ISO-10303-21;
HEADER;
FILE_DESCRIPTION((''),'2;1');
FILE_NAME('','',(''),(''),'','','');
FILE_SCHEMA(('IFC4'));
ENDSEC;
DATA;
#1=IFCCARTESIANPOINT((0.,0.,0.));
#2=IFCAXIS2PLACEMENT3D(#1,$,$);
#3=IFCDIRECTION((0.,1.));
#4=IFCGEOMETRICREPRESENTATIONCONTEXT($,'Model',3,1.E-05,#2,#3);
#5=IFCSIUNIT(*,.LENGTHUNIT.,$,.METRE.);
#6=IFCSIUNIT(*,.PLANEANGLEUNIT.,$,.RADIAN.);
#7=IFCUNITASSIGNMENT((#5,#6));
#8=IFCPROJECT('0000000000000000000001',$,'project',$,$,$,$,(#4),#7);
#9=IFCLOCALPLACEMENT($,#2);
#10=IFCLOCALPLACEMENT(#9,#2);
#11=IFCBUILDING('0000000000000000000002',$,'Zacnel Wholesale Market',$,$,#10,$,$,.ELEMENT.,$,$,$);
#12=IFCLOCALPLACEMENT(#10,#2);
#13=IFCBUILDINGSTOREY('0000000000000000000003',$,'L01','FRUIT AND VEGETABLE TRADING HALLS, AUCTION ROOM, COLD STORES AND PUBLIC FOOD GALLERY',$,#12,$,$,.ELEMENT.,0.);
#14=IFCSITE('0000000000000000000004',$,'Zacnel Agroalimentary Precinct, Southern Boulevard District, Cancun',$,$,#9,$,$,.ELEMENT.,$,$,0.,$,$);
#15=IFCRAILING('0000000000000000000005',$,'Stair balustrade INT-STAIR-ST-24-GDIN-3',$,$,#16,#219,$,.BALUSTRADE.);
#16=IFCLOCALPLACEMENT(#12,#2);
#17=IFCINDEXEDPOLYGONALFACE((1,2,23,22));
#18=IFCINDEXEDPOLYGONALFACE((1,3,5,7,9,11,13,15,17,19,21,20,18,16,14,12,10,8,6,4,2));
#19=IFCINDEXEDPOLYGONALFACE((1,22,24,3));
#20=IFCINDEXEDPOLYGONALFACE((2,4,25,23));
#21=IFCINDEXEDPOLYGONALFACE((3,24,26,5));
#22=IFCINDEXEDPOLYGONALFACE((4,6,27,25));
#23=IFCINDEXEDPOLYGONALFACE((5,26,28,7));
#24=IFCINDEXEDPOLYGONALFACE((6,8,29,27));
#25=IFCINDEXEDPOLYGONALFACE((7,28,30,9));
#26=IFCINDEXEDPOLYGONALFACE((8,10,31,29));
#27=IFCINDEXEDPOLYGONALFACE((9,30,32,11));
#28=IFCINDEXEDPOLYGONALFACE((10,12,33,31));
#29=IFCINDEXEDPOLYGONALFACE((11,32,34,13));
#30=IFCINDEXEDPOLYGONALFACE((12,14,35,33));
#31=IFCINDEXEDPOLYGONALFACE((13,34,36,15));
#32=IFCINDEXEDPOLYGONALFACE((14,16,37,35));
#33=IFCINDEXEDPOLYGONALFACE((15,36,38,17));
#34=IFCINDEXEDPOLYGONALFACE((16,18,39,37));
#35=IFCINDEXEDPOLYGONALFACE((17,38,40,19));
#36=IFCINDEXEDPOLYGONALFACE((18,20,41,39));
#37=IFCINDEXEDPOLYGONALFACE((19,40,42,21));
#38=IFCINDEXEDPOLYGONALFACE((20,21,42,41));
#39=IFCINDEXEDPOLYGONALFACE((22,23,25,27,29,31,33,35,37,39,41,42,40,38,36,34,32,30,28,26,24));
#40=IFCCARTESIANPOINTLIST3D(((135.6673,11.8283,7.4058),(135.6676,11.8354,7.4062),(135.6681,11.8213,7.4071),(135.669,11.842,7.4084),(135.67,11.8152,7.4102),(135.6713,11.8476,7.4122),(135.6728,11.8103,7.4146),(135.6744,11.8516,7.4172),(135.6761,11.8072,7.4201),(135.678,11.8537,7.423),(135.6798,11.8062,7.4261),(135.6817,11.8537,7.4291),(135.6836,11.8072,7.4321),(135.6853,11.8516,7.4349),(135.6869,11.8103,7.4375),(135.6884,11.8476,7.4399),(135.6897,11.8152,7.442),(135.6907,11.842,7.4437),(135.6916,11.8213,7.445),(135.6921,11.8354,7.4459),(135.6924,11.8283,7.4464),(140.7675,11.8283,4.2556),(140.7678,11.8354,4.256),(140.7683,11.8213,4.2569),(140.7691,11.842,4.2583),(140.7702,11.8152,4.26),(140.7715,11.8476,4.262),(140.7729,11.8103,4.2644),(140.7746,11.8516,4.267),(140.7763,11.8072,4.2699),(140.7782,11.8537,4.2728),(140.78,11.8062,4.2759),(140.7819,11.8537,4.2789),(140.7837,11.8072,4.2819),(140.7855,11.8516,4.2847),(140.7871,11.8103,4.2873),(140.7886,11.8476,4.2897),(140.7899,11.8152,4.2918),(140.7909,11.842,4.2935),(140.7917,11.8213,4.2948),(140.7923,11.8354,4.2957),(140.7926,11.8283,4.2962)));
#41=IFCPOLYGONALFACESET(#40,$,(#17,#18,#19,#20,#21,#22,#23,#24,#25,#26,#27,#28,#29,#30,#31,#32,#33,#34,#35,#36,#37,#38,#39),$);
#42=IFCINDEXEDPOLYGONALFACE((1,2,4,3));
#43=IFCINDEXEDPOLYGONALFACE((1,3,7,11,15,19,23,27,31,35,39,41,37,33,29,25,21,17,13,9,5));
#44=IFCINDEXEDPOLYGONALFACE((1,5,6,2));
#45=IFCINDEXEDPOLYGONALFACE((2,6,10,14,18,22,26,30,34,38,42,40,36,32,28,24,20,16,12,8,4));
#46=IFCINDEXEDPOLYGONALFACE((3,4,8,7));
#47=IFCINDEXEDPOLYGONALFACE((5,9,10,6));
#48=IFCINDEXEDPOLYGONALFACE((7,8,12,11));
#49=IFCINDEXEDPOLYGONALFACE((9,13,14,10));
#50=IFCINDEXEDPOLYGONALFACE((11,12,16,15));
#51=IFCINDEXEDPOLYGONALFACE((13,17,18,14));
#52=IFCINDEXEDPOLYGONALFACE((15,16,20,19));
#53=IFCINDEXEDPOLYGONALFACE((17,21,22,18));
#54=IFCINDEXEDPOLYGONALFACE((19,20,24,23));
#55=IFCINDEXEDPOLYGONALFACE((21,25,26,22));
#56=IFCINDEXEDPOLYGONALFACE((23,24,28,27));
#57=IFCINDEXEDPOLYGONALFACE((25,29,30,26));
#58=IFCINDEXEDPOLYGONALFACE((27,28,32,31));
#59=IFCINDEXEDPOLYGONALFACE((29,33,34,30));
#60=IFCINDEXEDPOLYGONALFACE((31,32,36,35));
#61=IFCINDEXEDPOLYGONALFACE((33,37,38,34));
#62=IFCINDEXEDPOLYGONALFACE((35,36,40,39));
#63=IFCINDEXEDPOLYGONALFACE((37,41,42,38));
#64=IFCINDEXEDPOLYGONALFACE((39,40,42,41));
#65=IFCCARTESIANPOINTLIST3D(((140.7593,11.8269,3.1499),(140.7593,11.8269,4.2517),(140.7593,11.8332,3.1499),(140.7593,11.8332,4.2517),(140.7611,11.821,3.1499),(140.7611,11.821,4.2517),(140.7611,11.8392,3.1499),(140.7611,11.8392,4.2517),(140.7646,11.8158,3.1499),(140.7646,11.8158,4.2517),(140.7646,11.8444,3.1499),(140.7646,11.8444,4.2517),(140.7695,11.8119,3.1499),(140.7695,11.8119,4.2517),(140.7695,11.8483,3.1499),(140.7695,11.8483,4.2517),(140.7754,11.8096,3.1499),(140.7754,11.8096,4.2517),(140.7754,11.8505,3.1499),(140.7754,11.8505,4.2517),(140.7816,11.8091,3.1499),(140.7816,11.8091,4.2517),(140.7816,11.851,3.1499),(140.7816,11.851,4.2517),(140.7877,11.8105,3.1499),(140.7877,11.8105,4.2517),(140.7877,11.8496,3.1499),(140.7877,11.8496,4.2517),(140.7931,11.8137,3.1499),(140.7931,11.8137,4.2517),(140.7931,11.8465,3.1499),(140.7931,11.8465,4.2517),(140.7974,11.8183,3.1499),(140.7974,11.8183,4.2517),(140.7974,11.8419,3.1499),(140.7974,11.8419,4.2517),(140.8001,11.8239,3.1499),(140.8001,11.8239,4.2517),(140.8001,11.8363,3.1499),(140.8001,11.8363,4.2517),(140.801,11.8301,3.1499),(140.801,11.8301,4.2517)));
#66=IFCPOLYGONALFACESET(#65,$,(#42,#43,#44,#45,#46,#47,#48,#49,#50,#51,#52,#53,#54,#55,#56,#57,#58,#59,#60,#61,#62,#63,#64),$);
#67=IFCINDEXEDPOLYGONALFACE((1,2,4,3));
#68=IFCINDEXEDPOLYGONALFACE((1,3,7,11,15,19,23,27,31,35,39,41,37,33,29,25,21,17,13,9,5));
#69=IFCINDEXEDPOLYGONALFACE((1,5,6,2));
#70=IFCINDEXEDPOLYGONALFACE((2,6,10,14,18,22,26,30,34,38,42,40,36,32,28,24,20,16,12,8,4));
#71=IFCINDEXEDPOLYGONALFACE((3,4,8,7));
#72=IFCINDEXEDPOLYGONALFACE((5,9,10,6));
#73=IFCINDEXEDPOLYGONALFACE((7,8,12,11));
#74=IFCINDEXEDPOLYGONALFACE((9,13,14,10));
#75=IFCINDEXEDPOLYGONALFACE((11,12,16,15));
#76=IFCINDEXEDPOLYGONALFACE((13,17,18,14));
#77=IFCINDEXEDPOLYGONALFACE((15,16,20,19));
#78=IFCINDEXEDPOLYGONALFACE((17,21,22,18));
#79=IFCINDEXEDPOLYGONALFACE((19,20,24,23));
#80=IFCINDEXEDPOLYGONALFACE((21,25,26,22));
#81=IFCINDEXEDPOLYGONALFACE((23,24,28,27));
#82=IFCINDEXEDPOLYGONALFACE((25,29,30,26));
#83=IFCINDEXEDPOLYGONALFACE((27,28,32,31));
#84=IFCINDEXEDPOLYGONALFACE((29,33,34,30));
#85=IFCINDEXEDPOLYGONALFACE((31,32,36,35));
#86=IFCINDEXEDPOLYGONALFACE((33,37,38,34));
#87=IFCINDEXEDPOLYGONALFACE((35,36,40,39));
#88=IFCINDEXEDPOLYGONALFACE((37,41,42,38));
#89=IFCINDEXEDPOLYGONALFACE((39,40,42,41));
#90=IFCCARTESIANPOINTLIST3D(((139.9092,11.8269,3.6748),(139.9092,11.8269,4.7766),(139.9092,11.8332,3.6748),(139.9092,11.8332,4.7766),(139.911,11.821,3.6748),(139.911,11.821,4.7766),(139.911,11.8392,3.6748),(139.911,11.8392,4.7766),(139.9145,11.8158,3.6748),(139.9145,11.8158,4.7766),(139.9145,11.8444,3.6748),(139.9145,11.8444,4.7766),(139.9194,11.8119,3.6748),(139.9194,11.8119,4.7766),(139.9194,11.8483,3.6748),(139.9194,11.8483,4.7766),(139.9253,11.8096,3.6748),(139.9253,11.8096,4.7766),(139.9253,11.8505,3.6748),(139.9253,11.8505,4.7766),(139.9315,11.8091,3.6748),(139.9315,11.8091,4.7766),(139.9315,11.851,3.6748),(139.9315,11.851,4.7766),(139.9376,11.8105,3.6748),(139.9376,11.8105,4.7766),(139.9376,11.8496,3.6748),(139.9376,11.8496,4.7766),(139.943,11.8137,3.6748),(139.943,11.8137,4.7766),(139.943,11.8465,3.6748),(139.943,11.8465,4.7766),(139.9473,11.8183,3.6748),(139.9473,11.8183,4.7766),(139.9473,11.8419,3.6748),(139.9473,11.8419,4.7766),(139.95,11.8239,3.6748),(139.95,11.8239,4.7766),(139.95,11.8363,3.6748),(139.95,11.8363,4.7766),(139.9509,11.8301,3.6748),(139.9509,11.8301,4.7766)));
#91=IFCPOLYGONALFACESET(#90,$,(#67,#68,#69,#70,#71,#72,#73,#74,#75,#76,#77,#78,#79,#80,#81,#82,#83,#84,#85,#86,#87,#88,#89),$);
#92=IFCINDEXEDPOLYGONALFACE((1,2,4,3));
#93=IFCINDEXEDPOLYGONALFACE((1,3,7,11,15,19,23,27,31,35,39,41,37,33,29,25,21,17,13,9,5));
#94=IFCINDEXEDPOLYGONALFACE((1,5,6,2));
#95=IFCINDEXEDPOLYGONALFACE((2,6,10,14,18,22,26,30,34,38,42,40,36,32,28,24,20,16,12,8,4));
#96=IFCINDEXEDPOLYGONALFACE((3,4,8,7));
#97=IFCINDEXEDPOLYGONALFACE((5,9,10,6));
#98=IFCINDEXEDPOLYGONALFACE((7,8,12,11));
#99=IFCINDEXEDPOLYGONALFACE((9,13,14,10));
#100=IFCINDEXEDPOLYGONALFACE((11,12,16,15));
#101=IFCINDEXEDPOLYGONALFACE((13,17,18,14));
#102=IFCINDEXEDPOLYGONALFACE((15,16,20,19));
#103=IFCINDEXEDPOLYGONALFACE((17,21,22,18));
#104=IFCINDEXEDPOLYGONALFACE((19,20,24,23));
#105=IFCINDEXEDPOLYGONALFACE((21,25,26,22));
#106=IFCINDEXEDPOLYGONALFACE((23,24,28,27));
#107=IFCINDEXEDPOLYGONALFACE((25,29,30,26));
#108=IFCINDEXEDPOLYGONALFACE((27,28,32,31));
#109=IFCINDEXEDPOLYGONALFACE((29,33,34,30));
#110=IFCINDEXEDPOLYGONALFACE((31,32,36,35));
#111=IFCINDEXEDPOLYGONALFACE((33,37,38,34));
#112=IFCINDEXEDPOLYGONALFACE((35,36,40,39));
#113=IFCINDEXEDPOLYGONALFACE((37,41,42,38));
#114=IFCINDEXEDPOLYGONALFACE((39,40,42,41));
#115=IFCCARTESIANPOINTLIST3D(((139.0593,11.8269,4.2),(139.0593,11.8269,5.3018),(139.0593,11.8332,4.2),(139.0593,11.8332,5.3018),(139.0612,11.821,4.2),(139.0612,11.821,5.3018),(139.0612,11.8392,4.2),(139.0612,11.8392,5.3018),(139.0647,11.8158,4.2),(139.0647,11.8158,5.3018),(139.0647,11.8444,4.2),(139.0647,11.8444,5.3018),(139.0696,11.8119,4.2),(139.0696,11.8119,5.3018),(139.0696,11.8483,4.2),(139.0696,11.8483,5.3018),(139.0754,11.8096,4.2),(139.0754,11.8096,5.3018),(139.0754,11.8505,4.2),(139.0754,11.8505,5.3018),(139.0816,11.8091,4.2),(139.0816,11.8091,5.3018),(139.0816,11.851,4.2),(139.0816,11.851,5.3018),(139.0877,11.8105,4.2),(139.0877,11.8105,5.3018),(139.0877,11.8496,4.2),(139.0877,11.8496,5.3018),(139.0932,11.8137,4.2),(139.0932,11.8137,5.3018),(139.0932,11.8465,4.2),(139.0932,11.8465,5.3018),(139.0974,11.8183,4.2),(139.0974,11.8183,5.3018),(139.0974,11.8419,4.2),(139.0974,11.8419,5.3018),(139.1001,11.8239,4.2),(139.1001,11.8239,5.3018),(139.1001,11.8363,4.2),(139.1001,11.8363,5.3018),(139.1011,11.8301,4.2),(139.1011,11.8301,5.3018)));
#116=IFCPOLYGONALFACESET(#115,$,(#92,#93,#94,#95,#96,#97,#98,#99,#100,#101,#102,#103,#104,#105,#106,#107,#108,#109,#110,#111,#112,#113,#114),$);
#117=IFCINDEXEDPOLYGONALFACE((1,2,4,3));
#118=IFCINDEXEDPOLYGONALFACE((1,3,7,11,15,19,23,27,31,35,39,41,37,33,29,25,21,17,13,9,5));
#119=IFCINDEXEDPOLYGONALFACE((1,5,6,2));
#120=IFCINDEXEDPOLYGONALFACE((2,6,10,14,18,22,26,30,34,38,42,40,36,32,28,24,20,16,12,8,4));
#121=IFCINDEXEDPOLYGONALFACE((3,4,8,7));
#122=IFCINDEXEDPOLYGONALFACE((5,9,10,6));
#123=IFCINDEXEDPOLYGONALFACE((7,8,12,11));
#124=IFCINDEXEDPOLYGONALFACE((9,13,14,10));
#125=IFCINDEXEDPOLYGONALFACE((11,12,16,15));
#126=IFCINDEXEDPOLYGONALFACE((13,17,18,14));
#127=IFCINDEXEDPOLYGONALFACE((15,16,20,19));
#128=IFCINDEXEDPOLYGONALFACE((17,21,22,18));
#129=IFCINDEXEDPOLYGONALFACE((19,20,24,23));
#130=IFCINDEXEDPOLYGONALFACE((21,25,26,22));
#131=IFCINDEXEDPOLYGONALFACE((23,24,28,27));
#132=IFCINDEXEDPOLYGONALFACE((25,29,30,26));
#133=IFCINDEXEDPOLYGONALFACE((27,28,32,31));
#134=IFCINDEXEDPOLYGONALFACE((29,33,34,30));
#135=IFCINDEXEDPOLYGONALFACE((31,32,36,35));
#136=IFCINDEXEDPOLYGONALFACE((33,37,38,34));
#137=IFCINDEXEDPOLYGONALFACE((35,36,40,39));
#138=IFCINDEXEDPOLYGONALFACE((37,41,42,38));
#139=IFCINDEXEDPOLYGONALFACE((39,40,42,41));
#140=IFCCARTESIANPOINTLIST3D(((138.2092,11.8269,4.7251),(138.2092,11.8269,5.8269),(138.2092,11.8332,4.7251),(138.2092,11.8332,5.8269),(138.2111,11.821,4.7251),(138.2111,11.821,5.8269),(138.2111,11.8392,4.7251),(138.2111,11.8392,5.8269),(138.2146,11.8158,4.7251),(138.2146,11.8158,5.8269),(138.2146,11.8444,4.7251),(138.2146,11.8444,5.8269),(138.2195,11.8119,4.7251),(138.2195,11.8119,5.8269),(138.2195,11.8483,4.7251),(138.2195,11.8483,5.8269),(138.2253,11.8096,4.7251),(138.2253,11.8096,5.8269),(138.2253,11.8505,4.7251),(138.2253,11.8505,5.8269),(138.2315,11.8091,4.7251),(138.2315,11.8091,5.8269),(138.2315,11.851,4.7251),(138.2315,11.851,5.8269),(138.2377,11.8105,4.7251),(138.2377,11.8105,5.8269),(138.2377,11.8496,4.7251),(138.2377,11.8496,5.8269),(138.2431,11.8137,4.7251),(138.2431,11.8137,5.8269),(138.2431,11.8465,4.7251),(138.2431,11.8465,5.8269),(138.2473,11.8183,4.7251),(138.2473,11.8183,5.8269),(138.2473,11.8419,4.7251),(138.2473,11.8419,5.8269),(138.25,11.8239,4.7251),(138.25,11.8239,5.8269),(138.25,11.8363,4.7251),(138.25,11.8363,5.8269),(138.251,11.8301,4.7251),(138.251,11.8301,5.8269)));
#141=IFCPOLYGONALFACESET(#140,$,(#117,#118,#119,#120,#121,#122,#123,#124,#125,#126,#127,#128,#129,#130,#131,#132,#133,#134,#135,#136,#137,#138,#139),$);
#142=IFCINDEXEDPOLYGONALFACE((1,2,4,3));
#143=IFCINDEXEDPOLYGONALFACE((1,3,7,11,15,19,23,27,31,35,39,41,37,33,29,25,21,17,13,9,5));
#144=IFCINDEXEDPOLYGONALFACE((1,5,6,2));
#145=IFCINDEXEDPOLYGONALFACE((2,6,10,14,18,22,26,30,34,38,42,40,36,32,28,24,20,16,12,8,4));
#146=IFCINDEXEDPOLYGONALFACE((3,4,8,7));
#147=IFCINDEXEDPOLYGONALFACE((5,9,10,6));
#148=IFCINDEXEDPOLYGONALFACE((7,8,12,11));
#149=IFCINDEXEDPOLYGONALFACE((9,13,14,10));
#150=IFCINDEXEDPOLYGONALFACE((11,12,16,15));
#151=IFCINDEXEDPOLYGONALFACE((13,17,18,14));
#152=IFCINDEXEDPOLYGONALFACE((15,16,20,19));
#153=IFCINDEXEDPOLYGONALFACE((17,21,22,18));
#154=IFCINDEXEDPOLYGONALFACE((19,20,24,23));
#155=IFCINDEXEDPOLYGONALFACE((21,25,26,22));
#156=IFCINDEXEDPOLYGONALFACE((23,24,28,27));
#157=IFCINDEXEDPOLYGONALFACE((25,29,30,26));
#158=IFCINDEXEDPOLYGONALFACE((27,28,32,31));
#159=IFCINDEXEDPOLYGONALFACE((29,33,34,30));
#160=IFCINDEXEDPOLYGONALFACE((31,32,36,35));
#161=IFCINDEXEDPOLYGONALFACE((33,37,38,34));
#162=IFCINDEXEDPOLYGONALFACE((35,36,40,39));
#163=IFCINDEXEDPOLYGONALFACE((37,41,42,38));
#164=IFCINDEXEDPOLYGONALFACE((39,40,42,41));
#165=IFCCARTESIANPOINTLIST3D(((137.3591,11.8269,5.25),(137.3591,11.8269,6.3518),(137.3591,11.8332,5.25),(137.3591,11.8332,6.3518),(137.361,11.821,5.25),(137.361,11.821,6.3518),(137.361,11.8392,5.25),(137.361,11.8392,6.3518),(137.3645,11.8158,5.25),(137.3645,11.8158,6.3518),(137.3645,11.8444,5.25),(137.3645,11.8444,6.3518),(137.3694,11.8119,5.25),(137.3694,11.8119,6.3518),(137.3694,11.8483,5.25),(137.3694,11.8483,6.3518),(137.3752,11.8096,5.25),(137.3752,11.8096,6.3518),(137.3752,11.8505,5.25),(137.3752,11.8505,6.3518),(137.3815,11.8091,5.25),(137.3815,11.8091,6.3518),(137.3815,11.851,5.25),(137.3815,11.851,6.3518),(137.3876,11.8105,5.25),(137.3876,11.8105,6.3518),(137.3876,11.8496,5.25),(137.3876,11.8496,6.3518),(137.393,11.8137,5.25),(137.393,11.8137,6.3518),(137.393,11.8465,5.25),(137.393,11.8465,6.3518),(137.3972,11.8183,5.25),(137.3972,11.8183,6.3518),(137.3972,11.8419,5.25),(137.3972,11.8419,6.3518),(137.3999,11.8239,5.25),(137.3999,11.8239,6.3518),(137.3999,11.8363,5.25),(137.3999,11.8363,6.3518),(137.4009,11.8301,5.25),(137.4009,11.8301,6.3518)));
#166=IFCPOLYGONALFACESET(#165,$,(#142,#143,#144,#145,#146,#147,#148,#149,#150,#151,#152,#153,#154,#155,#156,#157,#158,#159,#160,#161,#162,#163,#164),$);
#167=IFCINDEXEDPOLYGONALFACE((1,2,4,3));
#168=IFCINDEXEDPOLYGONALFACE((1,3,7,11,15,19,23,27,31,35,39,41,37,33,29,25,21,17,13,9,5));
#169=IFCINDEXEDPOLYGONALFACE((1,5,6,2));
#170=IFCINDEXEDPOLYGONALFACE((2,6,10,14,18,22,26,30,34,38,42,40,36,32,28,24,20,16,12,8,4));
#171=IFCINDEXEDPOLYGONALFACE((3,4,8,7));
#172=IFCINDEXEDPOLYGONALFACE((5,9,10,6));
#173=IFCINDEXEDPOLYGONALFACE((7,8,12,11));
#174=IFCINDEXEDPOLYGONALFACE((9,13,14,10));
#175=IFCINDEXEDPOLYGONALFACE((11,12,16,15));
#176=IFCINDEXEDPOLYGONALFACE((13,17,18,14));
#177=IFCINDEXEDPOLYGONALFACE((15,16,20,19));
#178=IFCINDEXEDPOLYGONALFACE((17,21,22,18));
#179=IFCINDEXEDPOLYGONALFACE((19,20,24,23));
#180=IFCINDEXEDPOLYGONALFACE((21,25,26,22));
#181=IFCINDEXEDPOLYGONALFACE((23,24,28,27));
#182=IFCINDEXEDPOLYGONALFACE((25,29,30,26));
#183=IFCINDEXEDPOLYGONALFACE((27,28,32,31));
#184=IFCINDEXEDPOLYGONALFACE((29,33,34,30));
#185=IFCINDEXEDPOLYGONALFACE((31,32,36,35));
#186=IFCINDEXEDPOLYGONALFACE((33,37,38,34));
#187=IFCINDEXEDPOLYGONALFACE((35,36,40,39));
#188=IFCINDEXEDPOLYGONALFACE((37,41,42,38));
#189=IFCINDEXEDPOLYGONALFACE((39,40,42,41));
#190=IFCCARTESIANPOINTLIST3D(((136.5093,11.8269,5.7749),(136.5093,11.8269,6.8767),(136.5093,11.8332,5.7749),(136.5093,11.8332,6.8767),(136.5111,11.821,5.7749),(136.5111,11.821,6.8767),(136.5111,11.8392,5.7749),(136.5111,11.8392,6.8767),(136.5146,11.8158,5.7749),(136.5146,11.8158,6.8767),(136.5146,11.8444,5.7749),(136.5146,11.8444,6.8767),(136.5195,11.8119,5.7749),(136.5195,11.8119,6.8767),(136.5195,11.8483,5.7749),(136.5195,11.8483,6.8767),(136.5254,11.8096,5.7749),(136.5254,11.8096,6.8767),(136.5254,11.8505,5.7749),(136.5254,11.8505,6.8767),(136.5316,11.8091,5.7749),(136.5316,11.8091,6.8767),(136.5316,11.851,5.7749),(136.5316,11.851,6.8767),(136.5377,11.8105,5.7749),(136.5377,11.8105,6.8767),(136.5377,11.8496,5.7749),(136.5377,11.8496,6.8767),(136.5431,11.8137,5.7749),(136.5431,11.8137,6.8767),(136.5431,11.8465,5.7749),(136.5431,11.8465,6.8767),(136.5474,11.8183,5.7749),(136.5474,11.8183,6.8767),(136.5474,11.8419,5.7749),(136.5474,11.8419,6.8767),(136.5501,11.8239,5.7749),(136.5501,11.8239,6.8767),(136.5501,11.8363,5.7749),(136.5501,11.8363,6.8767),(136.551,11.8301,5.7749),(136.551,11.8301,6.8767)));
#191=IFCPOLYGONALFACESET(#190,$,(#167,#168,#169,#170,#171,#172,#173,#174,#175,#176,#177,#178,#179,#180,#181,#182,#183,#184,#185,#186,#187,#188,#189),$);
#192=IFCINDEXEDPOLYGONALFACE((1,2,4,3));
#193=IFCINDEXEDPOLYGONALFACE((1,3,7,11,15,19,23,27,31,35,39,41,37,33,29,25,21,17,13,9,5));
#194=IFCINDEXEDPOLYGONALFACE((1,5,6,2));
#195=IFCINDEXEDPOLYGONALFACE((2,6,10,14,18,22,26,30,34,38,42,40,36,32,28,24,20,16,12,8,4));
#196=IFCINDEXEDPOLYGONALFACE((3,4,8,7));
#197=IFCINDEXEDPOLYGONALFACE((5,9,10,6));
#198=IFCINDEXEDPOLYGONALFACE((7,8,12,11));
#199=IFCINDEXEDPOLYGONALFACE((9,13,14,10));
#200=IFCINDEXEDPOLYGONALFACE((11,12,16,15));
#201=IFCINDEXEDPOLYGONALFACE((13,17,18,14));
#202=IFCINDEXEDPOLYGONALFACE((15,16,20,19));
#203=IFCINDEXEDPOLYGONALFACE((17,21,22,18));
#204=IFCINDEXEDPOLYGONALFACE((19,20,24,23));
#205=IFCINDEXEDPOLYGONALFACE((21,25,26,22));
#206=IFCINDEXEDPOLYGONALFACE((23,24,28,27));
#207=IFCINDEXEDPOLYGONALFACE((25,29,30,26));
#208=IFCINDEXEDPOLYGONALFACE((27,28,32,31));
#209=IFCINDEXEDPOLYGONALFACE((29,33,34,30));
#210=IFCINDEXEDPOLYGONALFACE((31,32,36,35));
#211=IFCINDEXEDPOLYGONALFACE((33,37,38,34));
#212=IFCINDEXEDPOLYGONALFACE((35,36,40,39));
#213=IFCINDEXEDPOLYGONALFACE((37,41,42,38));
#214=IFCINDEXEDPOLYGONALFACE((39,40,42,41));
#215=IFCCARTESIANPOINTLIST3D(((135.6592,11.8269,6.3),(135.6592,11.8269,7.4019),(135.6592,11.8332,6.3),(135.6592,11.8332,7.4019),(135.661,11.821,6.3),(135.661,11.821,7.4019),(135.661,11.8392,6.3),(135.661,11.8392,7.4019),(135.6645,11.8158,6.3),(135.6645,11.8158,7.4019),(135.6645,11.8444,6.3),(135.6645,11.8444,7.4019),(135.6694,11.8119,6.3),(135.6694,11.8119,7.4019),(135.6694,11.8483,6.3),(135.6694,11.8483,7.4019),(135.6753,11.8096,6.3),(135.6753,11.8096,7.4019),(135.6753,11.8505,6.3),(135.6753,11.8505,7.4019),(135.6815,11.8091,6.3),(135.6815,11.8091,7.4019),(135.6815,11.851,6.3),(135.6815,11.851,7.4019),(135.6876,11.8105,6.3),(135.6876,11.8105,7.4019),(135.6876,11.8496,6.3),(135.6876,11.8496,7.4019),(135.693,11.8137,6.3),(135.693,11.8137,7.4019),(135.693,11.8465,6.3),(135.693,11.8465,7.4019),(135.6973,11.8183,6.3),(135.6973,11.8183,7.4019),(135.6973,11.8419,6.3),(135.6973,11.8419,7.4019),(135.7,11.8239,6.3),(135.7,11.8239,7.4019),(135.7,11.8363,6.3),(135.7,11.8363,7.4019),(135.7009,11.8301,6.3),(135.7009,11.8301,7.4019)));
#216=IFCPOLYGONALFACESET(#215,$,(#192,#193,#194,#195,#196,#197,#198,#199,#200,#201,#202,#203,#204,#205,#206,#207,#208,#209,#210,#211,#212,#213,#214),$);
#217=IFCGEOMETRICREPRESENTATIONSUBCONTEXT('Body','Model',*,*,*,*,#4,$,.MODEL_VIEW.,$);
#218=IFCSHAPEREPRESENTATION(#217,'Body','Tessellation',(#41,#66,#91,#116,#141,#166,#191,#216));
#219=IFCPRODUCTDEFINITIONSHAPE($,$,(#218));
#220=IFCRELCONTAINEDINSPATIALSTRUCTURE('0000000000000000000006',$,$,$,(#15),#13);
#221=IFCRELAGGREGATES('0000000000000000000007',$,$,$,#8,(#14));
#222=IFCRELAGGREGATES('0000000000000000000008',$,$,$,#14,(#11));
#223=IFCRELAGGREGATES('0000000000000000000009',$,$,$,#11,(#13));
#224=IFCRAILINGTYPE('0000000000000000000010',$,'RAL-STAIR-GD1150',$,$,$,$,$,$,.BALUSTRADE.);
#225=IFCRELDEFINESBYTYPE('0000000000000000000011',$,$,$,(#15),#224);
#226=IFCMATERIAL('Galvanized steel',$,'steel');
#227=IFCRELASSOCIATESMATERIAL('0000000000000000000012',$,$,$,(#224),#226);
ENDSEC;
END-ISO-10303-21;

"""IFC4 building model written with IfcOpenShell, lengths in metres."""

from ifc_helpers import new_model, si_unit, direction, frame, origin, origin_2d, place, context, subcontext, project, spatial, circle, extrude, material, type_object, element, save


model = new_model("IFC4")

# Units and contexts
model_context = context("Model", 3, precision=1e-05, world=origin(), true_north=direction((0.0, 1.0)))
body_context = subcontext(model_context, "Body", "Model", "MODEL_VIEW")
ifc_project = project(units=[si_unit("LENGTHUNIT", "METRE"), si_unit("PLANEANGLEUNIT", "RADIAN")], contexts=[model_context])

# Site, building, storey
site_placement = place(None, origin())
site = spatial("IfcSite", under=ifc_project, at=site_placement, Name="Zacnel Agroalimentary Precinct, Southern Boulevard District, Cancun", CompositionType="ELEMENT", RefElevation=0.0)
building_placement = place(site_placement, origin())
building = spatial("IfcBuilding", under=site, at=building_placement, Name="Zacnel Wholesale Market", CompositionType="ELEMENT")
storey_placement = place(building_placement, origin())
storey = spatial("IfcBuildingStorey", under=building, at=storey_placement, Name="L01", Description="FRUIT AND VEGETABLE TRADING HALLS, AUCTION ROOM, COLD STORES AND PUBLIC FOOD GALLERY", CompositionType="ELEMENT", Elevation=0.0)

# Railing
ifc_material_1 = material(Name="Galvanized steel", Category="steel")
railing_type = type_object("IfcRailingType", Name="RAL-STAIR-GD1150", PredefinedType="BALUSTRADE", material=ifc_material_1)
railing_placement = place(storey_placement, frame((140.78, 11.8301, 3.1499)))
element("IfcRailing", 1, at=railing_placement, inside=storey, type_object=railing_type, Name="Stair balustrade INT-STAIR-ST-24-GDIN-3", PredefinedType="BALUSTRADE", context=body_context, shape_type="SweptSolid", body=[
    extrude(circle(Radius=0.0239, at=origin_2d()), frame((0.0, 0.0, 1.126), z_axis=(-0.850792, 0.0, 0.525503), x_axis=(0.0, -1.0, 0.0)), (0.0, 0.0, 1.0), 5.9946),
    extrude(circle(Radius=0.021, at=origin_2d()), origin(), (0.0, 0.0, 1.0), 1.1018),
    extrude(circle(Radius=0.021, at=origin_2d()), frame((-0.8501, 0.0, 0.5249)), (0.0, 0.0, 1.0), 1.1018),
    extrude(circle(Radius=0.021, at=origin_2d()), frame((-1.7, 0.0, 1.05)), (0.0, 0.0, 1.0), 1.1018),
    extrude(circle(Radius=0.021, at=origin_2d()), frame((-2.55, 0.0, 1.5752)), (0.0, 0.0, 1.0), 1.1018),
    extrude(circle(Radius=0.021, at=origin_2d()), frame((-3.4001, 0.0, 2.1001)), (0.0, 0.0, 1.0), 1.1018),
    extrude(circle(Radius=0.021, at=origin_2d()), frame((-4.25, 0.0, 2.625)), (0.0, 0.0, 1.0), 1.1018),
    extrude(circle(Radius=0.021, at=origin_2d()), frame((-5.1001, 0.0, 3.1501)), (0.0, 0.0, 1.0), 1.1018),
])

save(model, "model.ifc")
